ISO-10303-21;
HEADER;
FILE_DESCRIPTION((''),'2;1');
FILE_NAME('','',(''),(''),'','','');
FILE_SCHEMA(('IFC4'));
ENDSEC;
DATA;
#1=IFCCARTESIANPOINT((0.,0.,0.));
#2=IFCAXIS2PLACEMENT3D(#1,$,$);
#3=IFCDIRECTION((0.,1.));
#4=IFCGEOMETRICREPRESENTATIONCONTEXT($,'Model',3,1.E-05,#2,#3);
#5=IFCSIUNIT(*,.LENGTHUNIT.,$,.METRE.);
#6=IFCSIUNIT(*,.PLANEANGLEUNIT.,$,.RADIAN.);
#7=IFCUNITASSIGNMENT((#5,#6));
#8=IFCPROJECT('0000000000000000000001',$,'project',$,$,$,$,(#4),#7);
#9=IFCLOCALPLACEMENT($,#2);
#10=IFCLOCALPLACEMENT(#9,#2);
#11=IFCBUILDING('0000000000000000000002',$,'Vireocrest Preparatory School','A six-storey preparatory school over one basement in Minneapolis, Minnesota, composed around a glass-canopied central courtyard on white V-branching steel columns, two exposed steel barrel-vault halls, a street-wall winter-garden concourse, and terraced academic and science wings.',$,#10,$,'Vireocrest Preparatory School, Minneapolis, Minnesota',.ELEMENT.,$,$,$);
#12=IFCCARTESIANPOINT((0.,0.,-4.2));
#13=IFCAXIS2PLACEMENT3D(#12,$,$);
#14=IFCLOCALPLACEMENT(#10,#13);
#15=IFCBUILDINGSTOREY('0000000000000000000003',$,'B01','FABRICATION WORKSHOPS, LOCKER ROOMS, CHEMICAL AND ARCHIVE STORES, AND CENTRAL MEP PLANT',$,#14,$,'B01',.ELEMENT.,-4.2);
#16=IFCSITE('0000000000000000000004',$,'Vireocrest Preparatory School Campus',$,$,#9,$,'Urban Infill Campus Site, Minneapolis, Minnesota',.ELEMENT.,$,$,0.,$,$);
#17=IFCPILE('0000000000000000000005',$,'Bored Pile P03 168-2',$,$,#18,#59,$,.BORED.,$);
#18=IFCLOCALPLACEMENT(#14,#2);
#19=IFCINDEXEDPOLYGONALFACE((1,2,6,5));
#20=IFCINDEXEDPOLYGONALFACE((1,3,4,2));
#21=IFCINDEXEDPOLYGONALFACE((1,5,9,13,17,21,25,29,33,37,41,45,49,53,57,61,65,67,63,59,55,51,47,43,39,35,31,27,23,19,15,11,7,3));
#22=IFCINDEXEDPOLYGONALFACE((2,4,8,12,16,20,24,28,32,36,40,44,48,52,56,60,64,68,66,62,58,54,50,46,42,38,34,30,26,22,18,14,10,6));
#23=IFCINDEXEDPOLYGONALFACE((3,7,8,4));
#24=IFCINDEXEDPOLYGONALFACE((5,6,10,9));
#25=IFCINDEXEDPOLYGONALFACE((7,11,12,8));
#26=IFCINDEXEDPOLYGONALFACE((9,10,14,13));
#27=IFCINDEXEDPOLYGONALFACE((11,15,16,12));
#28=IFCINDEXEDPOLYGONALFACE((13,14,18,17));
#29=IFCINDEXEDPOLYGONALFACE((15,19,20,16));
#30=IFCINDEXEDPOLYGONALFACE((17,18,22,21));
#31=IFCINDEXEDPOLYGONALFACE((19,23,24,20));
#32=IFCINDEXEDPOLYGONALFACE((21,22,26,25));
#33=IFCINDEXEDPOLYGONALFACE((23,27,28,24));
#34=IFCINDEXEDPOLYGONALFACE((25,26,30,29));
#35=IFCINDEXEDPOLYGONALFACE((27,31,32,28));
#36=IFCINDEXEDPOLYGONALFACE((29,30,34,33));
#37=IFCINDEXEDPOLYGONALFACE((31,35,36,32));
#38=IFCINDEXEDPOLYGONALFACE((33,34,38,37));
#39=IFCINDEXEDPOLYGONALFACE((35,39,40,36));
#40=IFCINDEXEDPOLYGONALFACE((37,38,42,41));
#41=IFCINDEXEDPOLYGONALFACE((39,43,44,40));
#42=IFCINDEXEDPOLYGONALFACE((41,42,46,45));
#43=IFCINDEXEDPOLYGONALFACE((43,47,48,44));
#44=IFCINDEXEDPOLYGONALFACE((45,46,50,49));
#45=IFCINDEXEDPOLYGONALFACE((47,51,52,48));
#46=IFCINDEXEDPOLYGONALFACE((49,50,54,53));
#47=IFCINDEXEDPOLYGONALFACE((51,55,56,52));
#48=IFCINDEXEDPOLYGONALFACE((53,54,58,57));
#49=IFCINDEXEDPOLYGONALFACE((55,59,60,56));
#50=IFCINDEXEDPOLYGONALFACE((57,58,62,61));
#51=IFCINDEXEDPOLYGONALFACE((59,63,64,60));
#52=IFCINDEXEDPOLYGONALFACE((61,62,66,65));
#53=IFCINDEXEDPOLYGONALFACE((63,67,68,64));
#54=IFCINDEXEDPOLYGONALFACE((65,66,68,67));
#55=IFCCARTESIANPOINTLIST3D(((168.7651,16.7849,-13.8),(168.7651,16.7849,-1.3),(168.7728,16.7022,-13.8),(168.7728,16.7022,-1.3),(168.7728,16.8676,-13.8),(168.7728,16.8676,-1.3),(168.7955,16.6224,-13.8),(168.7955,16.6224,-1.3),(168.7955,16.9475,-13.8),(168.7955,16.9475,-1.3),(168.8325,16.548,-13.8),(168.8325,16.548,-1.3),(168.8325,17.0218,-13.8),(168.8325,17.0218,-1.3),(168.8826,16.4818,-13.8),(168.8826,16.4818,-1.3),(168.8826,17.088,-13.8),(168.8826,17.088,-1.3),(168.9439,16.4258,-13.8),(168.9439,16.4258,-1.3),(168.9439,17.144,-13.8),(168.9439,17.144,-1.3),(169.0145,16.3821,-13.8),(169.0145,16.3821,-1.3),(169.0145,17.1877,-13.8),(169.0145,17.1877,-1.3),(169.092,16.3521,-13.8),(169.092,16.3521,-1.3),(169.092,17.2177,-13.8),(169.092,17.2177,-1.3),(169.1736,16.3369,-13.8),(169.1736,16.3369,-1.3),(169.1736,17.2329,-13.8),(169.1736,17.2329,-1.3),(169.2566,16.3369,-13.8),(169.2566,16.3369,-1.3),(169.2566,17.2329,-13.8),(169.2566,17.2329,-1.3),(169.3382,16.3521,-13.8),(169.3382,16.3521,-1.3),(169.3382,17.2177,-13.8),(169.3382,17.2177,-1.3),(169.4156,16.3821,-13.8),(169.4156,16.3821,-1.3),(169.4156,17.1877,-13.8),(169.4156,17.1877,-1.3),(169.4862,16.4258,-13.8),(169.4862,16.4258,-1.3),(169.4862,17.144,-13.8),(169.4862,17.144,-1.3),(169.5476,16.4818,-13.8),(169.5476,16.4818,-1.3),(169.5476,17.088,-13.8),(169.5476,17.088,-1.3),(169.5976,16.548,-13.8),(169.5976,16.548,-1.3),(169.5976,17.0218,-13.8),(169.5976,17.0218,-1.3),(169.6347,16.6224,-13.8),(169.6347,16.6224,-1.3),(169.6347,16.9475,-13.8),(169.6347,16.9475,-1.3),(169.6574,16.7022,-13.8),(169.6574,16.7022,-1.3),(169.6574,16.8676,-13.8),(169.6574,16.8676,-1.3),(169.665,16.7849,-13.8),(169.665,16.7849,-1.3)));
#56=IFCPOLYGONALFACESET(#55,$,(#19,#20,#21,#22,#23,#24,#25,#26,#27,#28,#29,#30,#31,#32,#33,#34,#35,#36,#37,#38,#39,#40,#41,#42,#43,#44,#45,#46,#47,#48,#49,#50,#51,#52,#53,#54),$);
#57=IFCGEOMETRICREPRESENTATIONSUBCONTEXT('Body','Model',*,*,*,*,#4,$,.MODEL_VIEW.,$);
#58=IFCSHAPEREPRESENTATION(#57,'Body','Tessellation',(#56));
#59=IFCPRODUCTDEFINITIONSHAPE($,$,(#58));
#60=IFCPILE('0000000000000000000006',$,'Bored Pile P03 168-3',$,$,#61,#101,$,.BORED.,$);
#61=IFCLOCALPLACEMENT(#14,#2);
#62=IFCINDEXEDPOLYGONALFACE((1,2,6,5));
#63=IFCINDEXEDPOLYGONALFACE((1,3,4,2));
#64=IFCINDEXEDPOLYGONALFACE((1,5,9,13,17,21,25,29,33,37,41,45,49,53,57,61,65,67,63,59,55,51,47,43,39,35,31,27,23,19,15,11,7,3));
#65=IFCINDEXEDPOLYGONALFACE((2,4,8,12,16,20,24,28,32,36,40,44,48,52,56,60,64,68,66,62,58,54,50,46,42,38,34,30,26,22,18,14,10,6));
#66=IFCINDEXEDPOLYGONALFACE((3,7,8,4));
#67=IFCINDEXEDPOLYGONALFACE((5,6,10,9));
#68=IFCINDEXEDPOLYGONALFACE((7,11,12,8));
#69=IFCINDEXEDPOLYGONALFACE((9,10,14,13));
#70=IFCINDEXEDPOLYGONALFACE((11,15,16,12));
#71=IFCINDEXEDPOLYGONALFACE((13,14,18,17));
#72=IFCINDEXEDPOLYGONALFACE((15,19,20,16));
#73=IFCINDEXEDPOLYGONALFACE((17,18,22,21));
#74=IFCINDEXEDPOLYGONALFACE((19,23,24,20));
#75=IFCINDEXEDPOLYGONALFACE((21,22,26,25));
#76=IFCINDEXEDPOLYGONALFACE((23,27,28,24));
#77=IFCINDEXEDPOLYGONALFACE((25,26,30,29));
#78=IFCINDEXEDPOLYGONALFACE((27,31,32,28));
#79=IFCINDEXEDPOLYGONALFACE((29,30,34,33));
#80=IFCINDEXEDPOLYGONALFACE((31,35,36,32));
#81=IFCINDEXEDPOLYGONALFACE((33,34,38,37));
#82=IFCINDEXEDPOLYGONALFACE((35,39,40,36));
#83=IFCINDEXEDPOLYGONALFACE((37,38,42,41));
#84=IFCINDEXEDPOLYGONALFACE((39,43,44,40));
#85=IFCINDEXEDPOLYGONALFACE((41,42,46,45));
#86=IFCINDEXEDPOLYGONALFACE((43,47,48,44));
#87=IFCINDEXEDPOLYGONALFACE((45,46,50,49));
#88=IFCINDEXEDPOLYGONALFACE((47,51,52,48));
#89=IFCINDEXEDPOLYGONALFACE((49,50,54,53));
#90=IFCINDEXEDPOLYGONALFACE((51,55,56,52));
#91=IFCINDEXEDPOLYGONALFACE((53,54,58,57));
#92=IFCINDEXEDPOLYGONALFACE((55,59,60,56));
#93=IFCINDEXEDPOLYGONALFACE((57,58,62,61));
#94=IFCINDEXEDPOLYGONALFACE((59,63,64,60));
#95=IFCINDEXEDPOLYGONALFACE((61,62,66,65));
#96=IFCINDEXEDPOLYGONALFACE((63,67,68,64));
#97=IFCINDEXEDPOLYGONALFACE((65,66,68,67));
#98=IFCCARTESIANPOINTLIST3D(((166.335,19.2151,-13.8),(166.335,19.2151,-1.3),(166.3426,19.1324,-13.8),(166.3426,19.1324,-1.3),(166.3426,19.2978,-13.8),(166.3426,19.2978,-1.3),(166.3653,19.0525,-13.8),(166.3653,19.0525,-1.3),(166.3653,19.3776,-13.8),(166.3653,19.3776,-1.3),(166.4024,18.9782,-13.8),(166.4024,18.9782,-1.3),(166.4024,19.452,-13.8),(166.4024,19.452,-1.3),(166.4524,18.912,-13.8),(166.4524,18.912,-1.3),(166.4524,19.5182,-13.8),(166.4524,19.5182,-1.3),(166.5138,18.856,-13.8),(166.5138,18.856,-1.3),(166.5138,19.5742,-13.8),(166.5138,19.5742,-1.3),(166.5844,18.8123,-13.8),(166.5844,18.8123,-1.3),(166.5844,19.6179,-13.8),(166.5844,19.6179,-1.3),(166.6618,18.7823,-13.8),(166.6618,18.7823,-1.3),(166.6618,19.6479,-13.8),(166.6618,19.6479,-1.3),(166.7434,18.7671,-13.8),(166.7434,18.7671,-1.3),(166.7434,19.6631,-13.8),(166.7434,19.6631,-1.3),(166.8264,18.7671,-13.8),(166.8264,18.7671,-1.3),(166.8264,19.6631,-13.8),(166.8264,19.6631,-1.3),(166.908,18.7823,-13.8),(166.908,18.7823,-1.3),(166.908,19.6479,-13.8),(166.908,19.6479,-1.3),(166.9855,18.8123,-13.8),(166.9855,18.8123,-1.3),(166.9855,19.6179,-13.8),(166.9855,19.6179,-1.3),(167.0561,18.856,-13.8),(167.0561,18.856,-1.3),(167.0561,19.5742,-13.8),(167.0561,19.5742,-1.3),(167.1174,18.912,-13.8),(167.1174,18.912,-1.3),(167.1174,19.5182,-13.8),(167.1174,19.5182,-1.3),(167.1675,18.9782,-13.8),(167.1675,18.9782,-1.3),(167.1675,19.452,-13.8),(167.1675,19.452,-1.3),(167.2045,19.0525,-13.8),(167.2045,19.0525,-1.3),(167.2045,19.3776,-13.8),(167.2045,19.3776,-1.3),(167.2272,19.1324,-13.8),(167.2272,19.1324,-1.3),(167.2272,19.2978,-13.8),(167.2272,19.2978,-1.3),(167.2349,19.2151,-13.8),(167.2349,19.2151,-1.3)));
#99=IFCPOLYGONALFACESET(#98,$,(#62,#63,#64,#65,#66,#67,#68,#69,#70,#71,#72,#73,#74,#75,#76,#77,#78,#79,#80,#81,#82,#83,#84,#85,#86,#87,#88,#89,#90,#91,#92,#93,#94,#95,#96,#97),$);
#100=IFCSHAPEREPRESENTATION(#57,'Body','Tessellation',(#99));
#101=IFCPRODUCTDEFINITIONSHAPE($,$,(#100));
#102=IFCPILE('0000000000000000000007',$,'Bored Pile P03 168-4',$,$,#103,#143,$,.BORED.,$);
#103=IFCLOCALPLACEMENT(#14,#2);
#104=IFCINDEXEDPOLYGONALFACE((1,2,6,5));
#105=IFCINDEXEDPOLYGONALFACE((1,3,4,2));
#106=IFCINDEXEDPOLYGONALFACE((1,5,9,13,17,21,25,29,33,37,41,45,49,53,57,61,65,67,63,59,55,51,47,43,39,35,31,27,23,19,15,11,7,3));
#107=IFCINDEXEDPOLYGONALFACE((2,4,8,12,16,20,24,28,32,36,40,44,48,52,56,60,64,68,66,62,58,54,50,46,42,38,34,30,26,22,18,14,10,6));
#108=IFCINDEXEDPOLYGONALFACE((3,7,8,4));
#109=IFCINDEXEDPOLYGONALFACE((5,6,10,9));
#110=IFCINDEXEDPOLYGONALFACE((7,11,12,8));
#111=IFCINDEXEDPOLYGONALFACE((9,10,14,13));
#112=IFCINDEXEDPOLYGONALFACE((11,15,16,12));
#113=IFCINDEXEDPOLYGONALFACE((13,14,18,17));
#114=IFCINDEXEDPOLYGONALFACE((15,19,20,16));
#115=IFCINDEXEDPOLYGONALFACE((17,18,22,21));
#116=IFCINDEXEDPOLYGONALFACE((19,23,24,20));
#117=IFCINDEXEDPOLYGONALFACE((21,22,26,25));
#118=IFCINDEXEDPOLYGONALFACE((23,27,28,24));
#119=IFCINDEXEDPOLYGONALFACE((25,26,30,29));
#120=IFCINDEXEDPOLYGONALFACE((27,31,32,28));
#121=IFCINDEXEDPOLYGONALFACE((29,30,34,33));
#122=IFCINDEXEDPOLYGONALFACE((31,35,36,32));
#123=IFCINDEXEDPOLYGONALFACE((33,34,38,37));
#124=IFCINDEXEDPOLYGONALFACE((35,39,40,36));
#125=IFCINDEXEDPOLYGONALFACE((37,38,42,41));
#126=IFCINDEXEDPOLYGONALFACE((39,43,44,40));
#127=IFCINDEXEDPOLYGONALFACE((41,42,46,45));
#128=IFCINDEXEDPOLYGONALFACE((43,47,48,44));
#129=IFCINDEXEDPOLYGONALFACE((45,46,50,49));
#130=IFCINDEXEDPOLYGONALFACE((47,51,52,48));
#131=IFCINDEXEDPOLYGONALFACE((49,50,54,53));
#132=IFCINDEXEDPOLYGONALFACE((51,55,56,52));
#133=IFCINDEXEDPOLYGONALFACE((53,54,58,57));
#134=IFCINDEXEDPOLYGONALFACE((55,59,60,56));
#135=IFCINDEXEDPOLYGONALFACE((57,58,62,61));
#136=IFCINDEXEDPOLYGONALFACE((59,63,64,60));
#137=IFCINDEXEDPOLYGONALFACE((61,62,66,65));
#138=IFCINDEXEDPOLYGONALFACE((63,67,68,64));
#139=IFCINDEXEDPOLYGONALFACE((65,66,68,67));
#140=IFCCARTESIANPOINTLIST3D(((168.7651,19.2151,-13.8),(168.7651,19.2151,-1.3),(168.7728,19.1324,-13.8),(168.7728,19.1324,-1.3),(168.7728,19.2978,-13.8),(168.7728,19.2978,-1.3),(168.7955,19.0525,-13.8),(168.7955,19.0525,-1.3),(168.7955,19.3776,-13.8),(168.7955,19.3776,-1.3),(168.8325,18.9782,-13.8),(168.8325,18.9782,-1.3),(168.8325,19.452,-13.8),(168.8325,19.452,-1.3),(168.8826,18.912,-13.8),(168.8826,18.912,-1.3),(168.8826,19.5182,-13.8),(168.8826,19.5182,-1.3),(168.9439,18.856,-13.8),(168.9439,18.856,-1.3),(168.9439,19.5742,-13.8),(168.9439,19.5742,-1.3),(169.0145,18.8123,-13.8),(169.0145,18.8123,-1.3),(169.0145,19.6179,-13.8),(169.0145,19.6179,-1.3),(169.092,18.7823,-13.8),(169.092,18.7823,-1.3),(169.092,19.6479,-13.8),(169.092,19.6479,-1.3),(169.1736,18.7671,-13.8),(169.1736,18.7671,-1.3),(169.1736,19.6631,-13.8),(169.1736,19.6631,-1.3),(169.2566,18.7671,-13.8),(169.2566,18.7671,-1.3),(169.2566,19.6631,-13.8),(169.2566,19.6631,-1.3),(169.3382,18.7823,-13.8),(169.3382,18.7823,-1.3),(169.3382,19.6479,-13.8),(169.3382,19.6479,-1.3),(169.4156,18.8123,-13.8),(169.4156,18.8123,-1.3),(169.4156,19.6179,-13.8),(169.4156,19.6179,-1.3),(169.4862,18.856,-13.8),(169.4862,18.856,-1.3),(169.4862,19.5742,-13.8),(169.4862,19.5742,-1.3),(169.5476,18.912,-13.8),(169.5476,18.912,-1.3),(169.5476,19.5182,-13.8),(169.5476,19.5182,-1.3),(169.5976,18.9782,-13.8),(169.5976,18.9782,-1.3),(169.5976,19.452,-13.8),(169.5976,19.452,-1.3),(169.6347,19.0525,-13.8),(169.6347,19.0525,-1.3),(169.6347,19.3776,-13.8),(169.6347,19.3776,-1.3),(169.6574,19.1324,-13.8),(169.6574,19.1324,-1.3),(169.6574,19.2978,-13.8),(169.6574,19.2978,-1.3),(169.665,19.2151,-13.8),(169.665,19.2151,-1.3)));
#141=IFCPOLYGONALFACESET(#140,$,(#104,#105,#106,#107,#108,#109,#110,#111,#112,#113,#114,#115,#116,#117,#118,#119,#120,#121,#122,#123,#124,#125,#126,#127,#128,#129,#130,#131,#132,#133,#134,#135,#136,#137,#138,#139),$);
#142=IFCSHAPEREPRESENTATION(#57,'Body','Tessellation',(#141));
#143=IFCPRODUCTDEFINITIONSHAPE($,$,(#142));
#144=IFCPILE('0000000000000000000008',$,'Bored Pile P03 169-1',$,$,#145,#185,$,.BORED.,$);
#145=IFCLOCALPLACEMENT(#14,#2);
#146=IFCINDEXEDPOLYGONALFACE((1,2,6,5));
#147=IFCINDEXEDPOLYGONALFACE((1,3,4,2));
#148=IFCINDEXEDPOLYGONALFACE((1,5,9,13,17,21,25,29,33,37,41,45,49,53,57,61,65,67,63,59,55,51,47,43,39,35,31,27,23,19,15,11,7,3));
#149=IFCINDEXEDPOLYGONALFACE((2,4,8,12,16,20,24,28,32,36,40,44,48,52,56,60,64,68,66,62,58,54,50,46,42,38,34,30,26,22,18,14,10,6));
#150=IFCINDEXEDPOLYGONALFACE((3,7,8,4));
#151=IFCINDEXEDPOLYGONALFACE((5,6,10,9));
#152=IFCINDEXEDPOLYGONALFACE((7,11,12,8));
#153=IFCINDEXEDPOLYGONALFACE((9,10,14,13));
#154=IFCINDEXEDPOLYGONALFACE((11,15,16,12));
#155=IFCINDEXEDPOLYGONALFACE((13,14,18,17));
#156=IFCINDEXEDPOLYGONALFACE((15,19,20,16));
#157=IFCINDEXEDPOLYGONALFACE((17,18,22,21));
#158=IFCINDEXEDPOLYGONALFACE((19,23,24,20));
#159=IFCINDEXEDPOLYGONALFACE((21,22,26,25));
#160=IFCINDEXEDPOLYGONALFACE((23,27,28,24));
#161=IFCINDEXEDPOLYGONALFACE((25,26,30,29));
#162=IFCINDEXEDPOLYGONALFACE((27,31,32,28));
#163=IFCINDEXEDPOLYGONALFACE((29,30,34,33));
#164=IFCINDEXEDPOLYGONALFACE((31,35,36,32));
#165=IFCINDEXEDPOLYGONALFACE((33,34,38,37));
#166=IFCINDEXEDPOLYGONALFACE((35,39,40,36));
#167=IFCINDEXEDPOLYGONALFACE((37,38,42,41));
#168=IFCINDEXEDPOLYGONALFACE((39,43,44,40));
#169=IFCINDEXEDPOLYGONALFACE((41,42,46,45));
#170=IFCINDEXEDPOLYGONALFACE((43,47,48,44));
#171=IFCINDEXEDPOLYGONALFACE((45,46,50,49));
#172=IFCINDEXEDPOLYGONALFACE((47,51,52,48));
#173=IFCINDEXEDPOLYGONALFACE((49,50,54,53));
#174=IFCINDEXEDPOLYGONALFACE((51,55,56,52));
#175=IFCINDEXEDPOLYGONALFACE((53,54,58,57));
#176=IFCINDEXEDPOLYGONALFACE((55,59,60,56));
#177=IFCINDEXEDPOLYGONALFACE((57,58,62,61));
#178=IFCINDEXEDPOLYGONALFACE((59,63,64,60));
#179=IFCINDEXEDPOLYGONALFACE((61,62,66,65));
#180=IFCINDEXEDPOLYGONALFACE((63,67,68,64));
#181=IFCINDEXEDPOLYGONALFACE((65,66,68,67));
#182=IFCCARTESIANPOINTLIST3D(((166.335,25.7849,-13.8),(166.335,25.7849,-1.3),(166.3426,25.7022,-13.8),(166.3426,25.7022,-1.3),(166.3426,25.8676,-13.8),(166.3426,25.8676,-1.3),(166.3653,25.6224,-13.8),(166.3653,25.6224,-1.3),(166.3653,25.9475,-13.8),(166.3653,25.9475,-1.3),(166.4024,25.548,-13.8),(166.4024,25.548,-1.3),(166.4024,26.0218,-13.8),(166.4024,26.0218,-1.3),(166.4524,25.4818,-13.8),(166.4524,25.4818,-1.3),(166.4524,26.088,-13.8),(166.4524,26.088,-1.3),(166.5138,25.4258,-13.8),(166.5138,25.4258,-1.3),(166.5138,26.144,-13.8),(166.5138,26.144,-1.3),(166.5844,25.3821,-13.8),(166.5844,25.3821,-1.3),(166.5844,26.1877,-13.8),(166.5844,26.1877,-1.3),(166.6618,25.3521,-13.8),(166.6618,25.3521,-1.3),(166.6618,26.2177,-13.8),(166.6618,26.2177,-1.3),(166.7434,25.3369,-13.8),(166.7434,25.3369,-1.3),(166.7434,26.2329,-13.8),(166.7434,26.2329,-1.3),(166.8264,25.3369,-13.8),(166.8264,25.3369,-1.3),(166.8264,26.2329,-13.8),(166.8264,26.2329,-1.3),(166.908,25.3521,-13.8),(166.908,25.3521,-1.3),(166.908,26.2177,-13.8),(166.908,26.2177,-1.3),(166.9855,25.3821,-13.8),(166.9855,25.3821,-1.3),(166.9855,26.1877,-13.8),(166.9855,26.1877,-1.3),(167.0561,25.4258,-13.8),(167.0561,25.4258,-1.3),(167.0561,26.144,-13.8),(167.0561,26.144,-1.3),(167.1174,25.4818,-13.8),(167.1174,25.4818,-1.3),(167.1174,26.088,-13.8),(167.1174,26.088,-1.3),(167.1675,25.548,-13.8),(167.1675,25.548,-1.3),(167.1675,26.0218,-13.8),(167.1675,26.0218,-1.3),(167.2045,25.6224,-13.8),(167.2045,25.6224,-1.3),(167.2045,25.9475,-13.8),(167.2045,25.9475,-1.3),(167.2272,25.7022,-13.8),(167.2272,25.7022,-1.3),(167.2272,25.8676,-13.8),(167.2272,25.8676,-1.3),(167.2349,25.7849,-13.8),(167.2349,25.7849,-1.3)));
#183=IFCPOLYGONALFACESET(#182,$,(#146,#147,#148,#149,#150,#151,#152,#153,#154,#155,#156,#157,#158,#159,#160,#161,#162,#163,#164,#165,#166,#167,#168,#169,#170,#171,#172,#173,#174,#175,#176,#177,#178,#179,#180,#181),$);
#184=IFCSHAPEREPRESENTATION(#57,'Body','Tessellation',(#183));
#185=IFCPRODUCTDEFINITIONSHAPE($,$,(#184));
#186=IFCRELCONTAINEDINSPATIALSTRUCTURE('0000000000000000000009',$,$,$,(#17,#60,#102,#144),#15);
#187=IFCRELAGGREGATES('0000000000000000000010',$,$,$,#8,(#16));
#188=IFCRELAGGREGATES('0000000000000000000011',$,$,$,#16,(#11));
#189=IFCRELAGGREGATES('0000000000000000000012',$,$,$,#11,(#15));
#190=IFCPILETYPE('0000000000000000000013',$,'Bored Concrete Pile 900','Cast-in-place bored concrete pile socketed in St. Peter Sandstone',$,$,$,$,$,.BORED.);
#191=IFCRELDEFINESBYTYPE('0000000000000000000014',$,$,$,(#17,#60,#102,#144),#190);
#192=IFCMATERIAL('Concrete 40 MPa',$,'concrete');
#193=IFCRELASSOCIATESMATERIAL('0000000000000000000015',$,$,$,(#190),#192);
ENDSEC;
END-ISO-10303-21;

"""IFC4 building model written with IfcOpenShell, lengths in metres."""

from ifc_helpers import new_model, si_unit, direction, frame, origin, origin_2d, place, context, subcontext, project, spatial, circle, extrude, material, material_profile, profile_set, type_object, element, save


model = new_model("IFC4")

# Units and contexts
model_context = context("Model", 3, precision=1e-05, world=origin(), true_north=direction((0.0, 1.0)))
body_context = subcontext(model_context, "Body", "Model", "MODEL_VIEW")
ifc_project = project(units=[si_unit("LENGTHUNIT", "METRE"), si_unit("PLANEANGLEUNIT", "RADIAN")], contexts=[model_context])

# Site, building, storey
site_placement = place(None, origin())
site = spatial("IfcSite", under=ifc_project, at=site_placement, Name="Vireocrest Preparatory School Campus", LongName="Urban Infill Campus Site, Minneapolis, Minnesota", CompositionType="ELEMENT", RefElevation=0.0)
building_placement = place(site_placement, origin())
building = spatial("IfcBuilding", under=site, at=building_placement, Name="Vireocrest Preparatory School", Description="A six-storey preparatory school over one basement in Minneapolis, Minnesota, composed around a glass-canopied central courtyard on white V-branching steel columns, two exposed steel barrel-vault halls, a street-wall winter-garden concourse, and terraced academic and science wings.", LongName="Vireocrest Preparatory School, Minneapolis, Minnesota", CompositionType="ELEMENT")
storey_placement = place(building_placement, frame((0.0, 0.0, -4.2)))
storey = spatial("IfcBuildingStorey", under=building, at=storey_placement, Name="B01", Description="FABRICATION WORKSHOPS, LOCKER ROOMS, CHEMICAL AND ARCHIVE STORES, AND CENTRAL MEP PLANT", LongName="B01", CompositionType="ELEMENT", Elevation=-4.2)

# Piles
ifc_material_1 = material(Name="Concrete 40 MPa", Category="concrete")
ifc_material_profile_1 = material_profile(ifc_material_1, circle(Radius=0.45, at=origin_2d()), Name="BORED PILE 900")
ifc_profile_set_1 = profile_set([ifc_material_profile_1], Name="Concrete 40 MPa")
pile_type = type_object("IfcPileType", Name="Bored Concrete Pile 900", Description="Cast-in-place bored concrete pile socketed in St. Peter Sandstone", PredefinedType="BORED", material=ifc_profile_set_1)
for number, where, z_axis, x_axis, name in (
    (1, (169.2151, 16.7849, -1.3), (0.0, 0.0, -1.0), (1.0, 0.0, 0.0), "Bored Pile P03 168-2"),
    (2, (166.7849, 19.2151, -1.3), (0.0, 0.0, -1.0), (1.0, 0.0, 0.0), "Bored Pile P03 168-3"),
    (3, (169.2151, 19.2151, -1.3), (0.0, 0.0, -1.0), (1.0, 0.0, 0.0), "Bored Pile P03 168-4"),
    (4, (166.7849, 25.7849, -1.3), (0.0, 0.0, -1.0), (1.0, 0.0, 0.0), "Bored Pile P03 169-1"),
):
    element("IfcPile", number, at=place(storey_placement, frame(where, z_axis=z_axis, x_axis=x_axis)), inside=storey, type_object=pile_type, Name=name, PredefinedType="BORED", context=body_context, shape_type="SweptSolid", body=[
        extrude(circle(Radius=0.45, at=origin_2d()), origin(), (0.0, 0.0, 1.0), 12.5),
    ])

save(model, "model.ifc")
